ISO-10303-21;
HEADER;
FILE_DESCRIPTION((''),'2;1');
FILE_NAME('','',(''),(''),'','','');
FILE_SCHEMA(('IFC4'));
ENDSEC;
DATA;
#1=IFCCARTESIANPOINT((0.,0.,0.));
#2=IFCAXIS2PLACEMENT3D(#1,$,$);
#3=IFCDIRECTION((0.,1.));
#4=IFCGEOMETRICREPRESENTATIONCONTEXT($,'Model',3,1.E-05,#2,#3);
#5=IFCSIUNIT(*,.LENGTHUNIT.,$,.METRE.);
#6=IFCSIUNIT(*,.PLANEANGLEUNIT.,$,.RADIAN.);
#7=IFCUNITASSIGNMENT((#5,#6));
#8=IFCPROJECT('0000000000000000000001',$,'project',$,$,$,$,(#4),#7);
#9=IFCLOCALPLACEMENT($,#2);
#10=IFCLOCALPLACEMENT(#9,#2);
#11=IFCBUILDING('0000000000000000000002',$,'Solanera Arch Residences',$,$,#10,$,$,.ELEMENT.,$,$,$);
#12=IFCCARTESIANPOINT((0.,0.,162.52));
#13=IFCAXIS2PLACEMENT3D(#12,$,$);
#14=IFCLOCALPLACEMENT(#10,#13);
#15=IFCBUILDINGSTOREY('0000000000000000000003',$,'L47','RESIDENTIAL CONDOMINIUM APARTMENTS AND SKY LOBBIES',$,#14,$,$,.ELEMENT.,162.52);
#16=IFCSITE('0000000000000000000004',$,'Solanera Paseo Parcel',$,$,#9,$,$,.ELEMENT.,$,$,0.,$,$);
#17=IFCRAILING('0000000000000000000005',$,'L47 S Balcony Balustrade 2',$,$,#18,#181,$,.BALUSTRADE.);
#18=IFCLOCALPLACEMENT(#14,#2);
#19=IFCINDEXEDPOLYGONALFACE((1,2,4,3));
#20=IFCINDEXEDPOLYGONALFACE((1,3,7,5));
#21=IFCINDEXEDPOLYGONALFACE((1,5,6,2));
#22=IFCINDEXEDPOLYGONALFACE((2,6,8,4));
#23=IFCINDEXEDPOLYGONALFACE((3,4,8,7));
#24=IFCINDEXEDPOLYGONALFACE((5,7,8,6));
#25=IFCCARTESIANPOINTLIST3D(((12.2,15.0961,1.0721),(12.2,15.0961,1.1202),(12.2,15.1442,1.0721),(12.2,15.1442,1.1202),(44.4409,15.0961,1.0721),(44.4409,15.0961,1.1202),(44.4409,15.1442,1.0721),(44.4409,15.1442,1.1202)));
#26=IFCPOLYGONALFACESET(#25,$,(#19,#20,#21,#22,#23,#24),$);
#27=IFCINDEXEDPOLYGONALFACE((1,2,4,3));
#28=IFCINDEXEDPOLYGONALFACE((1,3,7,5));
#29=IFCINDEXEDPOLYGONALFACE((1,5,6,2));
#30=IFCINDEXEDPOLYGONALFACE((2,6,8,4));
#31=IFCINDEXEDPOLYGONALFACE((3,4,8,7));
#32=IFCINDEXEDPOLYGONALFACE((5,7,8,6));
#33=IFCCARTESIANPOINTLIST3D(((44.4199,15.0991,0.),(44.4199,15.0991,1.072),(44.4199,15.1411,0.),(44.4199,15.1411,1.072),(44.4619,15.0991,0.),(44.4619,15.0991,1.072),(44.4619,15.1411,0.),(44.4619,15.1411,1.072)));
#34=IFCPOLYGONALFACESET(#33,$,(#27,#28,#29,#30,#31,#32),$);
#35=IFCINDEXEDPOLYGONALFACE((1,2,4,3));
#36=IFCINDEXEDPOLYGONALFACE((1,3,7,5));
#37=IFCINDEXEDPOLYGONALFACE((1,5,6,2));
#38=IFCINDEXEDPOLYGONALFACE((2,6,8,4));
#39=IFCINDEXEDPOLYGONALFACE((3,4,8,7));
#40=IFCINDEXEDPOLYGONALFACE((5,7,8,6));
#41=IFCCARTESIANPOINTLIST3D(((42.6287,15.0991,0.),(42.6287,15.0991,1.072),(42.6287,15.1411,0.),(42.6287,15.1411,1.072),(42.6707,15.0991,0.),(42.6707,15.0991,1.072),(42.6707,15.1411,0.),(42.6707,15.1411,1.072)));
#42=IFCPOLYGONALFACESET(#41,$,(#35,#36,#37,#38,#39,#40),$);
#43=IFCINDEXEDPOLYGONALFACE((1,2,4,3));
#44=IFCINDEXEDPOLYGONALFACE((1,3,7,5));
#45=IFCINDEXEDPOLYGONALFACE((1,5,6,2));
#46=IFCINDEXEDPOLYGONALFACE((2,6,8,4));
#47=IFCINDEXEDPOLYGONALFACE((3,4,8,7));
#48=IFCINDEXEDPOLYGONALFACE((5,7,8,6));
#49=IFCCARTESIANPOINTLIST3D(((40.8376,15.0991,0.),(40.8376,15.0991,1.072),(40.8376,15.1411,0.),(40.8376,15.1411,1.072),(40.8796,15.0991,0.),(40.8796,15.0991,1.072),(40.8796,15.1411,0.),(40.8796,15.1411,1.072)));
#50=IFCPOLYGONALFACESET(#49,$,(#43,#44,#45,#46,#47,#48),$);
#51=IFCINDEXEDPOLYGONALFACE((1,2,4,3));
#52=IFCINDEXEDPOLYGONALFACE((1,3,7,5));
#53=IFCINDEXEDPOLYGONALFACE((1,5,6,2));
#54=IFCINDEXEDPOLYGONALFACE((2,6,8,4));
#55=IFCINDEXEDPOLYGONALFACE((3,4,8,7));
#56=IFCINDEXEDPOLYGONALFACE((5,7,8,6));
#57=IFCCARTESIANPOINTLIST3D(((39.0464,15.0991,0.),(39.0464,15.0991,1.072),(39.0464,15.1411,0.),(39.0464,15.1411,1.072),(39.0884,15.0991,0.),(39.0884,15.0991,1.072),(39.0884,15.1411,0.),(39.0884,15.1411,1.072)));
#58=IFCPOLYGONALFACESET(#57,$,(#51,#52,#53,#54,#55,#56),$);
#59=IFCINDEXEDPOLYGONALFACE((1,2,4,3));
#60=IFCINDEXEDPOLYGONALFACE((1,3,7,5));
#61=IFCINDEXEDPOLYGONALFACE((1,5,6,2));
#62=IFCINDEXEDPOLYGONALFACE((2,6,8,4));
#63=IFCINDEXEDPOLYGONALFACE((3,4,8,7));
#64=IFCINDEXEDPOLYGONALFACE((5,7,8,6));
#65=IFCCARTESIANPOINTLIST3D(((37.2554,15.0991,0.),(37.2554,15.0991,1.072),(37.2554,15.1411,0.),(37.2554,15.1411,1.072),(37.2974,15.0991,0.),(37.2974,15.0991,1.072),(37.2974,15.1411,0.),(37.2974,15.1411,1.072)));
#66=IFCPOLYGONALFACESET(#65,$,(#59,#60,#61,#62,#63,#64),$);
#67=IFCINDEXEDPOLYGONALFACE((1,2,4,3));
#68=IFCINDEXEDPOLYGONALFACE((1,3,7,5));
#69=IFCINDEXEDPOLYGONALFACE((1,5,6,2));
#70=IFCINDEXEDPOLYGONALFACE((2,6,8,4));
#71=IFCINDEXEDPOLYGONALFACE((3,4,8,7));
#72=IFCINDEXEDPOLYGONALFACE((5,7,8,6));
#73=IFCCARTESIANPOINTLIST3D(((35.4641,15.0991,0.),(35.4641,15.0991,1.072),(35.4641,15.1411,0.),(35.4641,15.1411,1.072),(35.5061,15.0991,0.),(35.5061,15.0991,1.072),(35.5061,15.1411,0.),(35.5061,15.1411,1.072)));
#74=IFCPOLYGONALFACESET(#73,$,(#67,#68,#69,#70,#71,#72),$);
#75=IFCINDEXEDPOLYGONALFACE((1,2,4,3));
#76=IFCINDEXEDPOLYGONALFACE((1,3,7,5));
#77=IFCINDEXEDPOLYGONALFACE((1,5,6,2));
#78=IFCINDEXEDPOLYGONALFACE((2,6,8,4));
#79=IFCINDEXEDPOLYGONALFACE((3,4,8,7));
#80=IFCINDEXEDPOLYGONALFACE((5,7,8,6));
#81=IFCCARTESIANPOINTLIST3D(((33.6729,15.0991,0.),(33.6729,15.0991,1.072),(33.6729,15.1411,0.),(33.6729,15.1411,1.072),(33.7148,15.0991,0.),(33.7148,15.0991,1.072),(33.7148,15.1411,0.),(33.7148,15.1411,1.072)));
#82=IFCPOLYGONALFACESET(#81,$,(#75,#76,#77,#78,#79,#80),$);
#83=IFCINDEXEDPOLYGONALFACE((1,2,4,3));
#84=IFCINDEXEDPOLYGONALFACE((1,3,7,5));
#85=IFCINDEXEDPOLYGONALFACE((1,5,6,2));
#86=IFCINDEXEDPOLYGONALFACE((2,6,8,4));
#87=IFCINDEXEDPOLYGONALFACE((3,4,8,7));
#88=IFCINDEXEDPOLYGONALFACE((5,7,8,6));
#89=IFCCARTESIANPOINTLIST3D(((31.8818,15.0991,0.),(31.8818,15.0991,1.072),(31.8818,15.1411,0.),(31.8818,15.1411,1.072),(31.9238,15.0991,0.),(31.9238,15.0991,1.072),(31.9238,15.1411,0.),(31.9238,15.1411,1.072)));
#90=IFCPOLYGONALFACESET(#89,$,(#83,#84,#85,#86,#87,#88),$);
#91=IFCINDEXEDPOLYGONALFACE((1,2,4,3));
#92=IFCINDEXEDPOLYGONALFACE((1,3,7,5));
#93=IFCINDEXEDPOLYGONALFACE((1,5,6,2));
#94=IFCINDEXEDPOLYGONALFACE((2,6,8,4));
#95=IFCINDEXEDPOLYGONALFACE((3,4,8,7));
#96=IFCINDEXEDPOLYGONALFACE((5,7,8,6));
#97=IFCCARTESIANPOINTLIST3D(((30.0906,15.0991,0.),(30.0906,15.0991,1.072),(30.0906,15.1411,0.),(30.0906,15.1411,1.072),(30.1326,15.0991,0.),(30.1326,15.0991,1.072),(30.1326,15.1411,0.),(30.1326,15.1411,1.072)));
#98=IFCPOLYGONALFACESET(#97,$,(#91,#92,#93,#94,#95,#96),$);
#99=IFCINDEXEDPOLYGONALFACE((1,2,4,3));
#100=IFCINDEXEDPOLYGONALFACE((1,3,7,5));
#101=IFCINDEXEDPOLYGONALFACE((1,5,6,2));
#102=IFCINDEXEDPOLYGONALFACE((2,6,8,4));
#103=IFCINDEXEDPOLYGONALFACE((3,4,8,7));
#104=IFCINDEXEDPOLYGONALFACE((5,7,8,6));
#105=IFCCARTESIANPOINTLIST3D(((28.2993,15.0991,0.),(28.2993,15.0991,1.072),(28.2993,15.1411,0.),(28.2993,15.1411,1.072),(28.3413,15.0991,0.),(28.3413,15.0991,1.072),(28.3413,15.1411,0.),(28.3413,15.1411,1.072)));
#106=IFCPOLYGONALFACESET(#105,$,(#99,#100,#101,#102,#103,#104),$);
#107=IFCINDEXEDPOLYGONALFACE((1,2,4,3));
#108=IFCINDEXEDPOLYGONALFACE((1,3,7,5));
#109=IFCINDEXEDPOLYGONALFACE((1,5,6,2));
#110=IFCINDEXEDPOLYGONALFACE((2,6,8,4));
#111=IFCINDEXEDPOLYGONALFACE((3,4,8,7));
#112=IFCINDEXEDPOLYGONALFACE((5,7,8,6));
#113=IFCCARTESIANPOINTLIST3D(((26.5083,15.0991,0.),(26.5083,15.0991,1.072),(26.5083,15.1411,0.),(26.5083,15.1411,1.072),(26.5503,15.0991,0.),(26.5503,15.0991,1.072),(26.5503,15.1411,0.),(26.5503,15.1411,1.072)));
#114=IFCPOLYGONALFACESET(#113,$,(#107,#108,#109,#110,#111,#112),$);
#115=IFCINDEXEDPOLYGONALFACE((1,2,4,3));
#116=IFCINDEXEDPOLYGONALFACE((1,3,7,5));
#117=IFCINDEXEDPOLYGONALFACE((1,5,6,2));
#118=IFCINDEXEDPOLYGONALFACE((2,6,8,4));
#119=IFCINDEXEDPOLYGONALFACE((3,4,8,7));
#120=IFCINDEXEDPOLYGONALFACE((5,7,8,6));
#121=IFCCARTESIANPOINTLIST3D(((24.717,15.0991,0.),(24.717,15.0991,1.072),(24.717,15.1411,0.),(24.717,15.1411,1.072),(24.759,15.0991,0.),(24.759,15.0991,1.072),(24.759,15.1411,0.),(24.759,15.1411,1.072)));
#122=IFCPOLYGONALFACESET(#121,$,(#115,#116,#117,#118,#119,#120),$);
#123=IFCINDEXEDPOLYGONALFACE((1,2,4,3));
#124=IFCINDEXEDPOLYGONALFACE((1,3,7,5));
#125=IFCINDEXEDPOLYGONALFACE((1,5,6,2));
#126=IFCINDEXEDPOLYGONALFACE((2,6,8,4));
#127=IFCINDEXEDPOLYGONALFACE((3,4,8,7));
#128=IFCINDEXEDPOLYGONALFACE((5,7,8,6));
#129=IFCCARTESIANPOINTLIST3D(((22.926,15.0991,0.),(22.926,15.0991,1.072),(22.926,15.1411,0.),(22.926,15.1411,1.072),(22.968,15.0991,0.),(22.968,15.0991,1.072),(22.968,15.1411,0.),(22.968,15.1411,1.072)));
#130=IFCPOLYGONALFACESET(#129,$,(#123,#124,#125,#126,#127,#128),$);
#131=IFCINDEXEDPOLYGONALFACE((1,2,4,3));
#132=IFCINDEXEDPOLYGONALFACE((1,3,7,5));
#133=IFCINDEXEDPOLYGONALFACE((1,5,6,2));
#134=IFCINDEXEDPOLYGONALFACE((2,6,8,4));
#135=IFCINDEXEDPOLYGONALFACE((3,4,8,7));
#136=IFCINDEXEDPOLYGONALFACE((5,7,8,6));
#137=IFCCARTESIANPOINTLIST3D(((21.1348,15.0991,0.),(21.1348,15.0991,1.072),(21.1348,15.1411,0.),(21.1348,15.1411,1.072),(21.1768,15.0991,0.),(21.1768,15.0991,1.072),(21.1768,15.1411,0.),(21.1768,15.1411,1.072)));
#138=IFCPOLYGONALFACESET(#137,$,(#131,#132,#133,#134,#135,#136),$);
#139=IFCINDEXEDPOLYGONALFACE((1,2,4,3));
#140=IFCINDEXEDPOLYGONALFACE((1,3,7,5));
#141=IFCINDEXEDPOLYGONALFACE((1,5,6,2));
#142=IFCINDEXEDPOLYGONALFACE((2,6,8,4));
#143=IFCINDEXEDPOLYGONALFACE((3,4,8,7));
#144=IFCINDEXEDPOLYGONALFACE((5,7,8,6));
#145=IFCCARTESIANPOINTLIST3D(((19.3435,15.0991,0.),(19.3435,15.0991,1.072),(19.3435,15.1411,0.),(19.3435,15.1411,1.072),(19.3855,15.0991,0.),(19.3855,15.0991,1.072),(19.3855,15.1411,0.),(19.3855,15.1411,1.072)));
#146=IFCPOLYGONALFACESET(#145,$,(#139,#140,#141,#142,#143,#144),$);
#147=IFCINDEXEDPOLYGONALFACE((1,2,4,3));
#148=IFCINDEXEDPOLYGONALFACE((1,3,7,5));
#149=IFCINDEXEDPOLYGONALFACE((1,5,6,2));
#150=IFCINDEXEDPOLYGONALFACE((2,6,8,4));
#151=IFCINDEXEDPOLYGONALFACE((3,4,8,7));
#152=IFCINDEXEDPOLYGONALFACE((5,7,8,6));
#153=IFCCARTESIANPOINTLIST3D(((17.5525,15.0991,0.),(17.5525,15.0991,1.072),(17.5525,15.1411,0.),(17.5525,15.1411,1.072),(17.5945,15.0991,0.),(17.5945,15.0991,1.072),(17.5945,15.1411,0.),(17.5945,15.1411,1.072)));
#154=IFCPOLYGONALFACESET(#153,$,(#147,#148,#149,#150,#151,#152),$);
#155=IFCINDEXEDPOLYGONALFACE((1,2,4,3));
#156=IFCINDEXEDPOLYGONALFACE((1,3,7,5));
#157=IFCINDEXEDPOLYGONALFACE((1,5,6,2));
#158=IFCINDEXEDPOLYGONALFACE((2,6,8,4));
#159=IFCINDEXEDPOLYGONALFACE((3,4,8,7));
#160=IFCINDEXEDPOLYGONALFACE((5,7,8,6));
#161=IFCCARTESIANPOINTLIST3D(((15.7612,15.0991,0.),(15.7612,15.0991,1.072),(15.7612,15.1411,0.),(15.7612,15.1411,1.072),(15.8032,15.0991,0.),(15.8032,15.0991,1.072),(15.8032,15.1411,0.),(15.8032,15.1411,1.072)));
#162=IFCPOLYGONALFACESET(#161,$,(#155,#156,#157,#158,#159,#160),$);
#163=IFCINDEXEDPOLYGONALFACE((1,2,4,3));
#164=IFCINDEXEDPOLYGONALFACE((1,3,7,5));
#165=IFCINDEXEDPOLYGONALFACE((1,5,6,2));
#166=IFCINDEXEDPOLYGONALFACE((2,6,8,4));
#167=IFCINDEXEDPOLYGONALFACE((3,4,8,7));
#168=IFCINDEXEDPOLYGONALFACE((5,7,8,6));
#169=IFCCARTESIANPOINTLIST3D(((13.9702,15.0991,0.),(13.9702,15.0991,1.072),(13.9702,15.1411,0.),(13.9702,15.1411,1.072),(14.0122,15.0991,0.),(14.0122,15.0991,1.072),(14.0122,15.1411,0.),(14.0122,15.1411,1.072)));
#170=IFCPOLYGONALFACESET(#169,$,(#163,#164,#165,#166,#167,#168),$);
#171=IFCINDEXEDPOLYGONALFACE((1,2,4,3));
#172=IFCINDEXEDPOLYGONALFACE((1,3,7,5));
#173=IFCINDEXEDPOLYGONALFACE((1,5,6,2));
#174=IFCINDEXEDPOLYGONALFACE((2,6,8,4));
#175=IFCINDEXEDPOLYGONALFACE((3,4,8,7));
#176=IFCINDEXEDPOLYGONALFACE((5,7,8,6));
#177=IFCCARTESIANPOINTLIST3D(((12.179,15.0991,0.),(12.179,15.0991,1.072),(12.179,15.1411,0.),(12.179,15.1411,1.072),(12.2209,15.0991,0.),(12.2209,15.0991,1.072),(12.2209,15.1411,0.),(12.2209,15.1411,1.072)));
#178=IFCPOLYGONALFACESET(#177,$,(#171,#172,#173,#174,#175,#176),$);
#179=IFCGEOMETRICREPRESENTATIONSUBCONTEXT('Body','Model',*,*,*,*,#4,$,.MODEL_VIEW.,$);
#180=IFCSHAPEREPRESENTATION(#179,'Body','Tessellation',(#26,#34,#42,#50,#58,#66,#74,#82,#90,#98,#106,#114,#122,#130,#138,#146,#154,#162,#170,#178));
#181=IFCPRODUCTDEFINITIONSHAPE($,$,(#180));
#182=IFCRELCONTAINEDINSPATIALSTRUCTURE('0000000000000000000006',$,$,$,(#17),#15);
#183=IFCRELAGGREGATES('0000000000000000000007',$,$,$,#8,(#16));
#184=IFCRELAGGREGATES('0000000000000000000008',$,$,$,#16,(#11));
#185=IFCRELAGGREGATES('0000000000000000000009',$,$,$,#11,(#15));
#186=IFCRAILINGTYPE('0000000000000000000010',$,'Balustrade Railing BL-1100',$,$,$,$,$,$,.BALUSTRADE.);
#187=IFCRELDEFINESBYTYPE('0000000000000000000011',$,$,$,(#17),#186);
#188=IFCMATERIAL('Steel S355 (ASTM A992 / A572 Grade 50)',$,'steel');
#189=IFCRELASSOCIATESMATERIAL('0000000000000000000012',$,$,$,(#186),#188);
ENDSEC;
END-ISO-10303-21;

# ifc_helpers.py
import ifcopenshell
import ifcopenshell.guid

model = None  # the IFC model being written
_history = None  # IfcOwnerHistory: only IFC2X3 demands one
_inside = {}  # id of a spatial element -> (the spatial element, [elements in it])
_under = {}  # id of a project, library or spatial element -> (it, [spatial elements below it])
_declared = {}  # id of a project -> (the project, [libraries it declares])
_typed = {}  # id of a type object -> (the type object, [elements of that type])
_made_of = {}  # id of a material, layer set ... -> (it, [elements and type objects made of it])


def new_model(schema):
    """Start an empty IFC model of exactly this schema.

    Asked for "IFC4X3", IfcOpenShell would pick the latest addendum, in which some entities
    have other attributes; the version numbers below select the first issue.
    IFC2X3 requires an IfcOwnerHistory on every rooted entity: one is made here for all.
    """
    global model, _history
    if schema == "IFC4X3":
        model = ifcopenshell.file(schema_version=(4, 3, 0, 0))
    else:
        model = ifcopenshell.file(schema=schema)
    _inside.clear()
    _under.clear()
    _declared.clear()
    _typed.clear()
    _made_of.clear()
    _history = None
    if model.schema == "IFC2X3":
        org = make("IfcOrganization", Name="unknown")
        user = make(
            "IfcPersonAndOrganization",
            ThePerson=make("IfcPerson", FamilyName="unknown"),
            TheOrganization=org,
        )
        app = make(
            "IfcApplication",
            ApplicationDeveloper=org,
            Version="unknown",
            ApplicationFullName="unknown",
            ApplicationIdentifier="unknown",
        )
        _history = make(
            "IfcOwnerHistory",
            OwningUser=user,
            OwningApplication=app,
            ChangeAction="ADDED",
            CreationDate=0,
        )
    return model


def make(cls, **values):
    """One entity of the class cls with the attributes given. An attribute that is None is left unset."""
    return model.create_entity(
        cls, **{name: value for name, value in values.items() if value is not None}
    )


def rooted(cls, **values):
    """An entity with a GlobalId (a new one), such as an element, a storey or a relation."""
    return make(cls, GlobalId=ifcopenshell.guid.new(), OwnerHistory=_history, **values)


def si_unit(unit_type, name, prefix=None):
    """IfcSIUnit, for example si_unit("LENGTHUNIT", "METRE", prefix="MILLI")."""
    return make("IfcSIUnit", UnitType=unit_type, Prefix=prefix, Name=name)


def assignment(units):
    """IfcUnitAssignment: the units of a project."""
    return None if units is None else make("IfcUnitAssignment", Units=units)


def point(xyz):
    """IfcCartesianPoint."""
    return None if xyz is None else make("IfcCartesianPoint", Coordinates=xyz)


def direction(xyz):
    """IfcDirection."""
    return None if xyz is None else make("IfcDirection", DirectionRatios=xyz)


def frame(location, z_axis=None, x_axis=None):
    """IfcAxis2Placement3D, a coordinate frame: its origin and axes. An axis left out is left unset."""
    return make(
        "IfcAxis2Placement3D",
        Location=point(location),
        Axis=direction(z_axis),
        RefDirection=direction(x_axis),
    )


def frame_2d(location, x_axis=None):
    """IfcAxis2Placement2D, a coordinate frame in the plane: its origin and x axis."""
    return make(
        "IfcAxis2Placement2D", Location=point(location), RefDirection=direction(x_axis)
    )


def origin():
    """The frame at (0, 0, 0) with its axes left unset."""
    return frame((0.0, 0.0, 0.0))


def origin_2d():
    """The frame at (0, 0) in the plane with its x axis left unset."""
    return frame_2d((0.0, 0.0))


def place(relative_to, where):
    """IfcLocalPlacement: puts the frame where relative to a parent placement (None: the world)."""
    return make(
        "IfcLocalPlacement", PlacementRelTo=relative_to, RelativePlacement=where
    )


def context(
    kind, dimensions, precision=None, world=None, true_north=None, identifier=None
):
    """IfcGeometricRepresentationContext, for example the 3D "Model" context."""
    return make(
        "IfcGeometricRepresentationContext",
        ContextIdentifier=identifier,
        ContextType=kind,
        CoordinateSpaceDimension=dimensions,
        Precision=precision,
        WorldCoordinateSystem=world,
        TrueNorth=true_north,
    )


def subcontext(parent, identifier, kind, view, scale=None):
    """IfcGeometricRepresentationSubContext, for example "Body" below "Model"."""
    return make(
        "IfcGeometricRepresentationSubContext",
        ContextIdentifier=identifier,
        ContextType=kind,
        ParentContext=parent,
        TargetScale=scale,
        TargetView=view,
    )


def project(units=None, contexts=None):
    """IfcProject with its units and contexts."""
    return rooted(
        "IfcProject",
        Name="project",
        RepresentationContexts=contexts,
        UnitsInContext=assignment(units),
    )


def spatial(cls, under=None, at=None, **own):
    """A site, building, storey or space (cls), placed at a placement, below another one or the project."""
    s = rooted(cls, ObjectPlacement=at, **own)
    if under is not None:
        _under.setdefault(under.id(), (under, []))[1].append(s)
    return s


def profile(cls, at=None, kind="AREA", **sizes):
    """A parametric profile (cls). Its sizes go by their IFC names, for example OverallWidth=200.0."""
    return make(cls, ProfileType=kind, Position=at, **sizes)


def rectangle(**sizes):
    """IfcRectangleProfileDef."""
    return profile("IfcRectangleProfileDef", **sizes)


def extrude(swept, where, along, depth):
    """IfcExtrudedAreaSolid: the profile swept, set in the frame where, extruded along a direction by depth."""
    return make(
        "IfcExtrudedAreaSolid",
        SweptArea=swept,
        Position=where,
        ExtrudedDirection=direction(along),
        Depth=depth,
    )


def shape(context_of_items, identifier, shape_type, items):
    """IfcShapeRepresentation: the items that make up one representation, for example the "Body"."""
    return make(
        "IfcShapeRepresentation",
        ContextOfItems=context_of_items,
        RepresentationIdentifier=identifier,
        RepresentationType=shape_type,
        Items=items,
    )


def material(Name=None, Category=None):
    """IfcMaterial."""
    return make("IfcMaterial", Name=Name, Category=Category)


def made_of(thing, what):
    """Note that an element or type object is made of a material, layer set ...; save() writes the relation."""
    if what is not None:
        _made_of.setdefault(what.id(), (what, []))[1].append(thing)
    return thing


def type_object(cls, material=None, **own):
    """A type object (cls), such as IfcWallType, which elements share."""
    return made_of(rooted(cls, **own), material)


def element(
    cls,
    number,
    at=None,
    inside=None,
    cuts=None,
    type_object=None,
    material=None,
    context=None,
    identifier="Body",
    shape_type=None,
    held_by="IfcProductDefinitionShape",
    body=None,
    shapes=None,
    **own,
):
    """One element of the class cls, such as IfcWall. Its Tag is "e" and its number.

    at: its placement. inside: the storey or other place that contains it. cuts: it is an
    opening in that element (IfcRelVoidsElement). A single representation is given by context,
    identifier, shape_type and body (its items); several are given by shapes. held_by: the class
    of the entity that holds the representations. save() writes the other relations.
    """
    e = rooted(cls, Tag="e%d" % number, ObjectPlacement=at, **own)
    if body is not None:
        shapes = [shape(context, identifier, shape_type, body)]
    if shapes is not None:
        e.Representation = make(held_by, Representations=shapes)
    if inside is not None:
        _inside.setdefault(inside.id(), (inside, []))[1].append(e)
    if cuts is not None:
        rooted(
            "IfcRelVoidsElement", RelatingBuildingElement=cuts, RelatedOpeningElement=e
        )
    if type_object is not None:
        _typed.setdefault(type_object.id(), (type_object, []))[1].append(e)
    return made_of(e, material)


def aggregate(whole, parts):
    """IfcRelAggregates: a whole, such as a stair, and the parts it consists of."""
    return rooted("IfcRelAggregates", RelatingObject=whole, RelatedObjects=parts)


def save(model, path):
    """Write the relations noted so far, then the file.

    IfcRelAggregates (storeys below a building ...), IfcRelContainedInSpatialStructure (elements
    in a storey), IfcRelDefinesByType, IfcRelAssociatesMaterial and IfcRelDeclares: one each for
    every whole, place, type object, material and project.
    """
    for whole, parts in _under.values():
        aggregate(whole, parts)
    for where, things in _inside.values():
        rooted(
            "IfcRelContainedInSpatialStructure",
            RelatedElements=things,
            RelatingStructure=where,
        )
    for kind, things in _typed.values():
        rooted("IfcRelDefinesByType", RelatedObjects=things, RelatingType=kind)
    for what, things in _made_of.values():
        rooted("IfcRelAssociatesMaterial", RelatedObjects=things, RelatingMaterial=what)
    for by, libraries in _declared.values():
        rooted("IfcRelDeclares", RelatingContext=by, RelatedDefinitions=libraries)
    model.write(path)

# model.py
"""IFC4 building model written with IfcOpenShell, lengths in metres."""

from ifc_helpers import new_model, si_unit, direction, frame, origin, origin_2d, place, context, subcontext, project, spatial, rectangle, extrude, material, type_object, element, save


model = new_model("IFC4")

# Units and contexts
model_context = context("Model", 3, precision=1e-05, world=origin(), true_north=direction((0.0, 1.0)))
body_context = subcontext(model_context, "Body", "Model", "MODEL_VIEW")
ifc_project = project(units=[si_unit("LENGTHUNIT", "METRE"), si_unit("PLANEANGLEUNIT", "RADIAN")], contexts=[model_context])

# Site, building, storey
site_placement = place(None, origin())
site = spatial("IfcSite", under=ifc_project, at=site_placement, Name="Solanera Paseo Parcel", CompositionType="ELEMENT", RefElevation=0.0)
building_placement = place(site_placement, origin())
building = spatial("IfcBuilding", under=site, at=building_placement, Name="Solanera Arch Residences", CompositionType="ELEMENT")
storey_placement = place(building_placement, frame((0.0, 0.0, 162.52)))
storey = spatial("IfcBuildingStorey", under=building, at=storey_placement, Name="L47", Description="RESIDENTIAL CONDOMINIUM APARTMENTS AND SKY LOBBIES", CompositionType="ELEMENT", Elevation=162.52)

# Railing
ifc_material_1 = material(Name="Steel S355 (ASTM A992 / A572 Grade 50)", Category="steel")
railing_type = type_object("IfcRailingType", Name="Balustrade Railing BL-1100", PredefinedType="BALUSTRADE", material=ifc_material_1)
railing_1_placement = place(storey_placement, frame((44.4409, 15.1201, 0.0)))
element("IfcRailing", 1, at=railing_1_placement, inside=storey, type_object=railing_type, Name="L47 S Balcony Balustrade 2", PredefinedType="BALUSTRADE", context=body_context, shape_type="SweptSolid", body=[
    extrude(rectangle(XDim=0.0481, YDim=0.0481, at=origin_2d()), frame((0.0, 0.0, 1.0962), z_axis=(-1.0, 0.0, 0.0), x_axis=(0.0, -1.0, 0.0)), (0.0, 0.0, 1.0), 32.241),
    extrude(rectangle(XDim=0.042, YDim=0.042, at=origin_2d()), origin(), (0.0, 0.0, 1.0), 1.072),
    extrude(rectangle(XDim=0.042, YDim=0.042, at=origin_2d()), frame((-1.7913, 0.0, 0.0)), (0.0, 0.0, 1.0), 1.072),
    extrude(rectangle(XDim=0.042, YDim=0.042, at=origin_2d()), frame((-3.5823, 0.0, 0.0)), (0.0, 0.0, 1.0), 1.072),
    extrude(rectangle(XDim=0.042, YDim=0.042, at=origin_2d()), frame((-5.3735, 0.0, 0.0)), (0.0, 0.0, 1.0), 1.072),
    extrude(rectangle(XDim=0.042, YDim=0.042, at=origin_2d()), frame((-7.1646, 0.0, 0.0)), (0.0, 0.0, 1.0), 1.072),
    extrude(rectangle(XDim=0.042, YDim=0.042, at=origin_2d()), frame((-8.9558, 0.0, 0.0)), (0.0, 0.0, 1.0), 1.072),
    extrude(rectangle(XDim=0.042, YDim=0.042, at=origin_2d()), frame((-10.7471, 0.0, 0.0)), (0.0, 0.0, 1.0), 1.072),
    extrude(rectangle(XDim=0.042, YDim=0.042, at=origin_2d()), frame((-12.5381, 0.0, 0.0)), (0.0, 0.0, 1.0), 1.072),
    extrude(rectangle(XDim=0.042, YDim=0.042, at=origin_2d()), frame((-14.3293, 0.0, 0.0)), (0.0, 0.0, 1.0), 1.072),
    extrude(rectangle(XDim=0.042, YDim=0.042, at=origin_2d()), frame((-16.1206, 0.0, 0.0)), (0.0, 0.0, 1.0), 1.072),
    extrude(rectangle(XDim=0.042, YDim=0.042, at=origin_2d()), frame((-17.9116, 0.0, 0.0)), (0.0, 0.0, 1.0), 1.072),
    extrude(rectangle(XDim=0.042, YDim=0.042, at=origin_2d()), frame((-19.7029, 0.0, 0.0)), (0.0, 0.0, 1.0), 1.072),
    extrude(rectangle(XDim=0.042, YDim=0.042, at=origin_2d()), frame((-21.4939, 0.0, 0.0)), (0.0, 0.0, 1.0), 1.072),
    extrude(rectangle(XDim=0.042, YDim=0.042, at=origin_2d()), frame((-23.2852, 0.0, 0.0)), (0.0, 0.0, 1.0), 1.072),
    extrude(rectangle(XDim=0.042, YDim=0.042, at=origin_2d()), frame((-25.0764, 0.0, 0.0)), (0.0, 0.0, 1.0), 1.072),
    extrude(rectangle(XDim=0.042, YDim=0.042, at=origin_2d()), frame((-26.8674, 0.0, 0.0)), (0.0, 0.0, 1.0), 1.072),
    extrude(rectangle(XDim=0.042, YDim=0.042, at=origin_2d()), frame((-28.6587, 0.0, 0.0)), (0.0, 0.0, 1.0), 1.072),
    extrude(rectangle(XDim=0.042, YDim=0.042, at=origin_2d()), frame((-30.4497, 0.0, 0.0)), (0.0, 0.0, 1.0), 1.072),
    extrude(rectangle(XDim=0.042, YDim=0.042, at=origin_2d()), frame((-32.241, 0.0, 0.0)), (0.0, 0.0, 1.0), 1.072),
])

save(model, "model.ifc")
